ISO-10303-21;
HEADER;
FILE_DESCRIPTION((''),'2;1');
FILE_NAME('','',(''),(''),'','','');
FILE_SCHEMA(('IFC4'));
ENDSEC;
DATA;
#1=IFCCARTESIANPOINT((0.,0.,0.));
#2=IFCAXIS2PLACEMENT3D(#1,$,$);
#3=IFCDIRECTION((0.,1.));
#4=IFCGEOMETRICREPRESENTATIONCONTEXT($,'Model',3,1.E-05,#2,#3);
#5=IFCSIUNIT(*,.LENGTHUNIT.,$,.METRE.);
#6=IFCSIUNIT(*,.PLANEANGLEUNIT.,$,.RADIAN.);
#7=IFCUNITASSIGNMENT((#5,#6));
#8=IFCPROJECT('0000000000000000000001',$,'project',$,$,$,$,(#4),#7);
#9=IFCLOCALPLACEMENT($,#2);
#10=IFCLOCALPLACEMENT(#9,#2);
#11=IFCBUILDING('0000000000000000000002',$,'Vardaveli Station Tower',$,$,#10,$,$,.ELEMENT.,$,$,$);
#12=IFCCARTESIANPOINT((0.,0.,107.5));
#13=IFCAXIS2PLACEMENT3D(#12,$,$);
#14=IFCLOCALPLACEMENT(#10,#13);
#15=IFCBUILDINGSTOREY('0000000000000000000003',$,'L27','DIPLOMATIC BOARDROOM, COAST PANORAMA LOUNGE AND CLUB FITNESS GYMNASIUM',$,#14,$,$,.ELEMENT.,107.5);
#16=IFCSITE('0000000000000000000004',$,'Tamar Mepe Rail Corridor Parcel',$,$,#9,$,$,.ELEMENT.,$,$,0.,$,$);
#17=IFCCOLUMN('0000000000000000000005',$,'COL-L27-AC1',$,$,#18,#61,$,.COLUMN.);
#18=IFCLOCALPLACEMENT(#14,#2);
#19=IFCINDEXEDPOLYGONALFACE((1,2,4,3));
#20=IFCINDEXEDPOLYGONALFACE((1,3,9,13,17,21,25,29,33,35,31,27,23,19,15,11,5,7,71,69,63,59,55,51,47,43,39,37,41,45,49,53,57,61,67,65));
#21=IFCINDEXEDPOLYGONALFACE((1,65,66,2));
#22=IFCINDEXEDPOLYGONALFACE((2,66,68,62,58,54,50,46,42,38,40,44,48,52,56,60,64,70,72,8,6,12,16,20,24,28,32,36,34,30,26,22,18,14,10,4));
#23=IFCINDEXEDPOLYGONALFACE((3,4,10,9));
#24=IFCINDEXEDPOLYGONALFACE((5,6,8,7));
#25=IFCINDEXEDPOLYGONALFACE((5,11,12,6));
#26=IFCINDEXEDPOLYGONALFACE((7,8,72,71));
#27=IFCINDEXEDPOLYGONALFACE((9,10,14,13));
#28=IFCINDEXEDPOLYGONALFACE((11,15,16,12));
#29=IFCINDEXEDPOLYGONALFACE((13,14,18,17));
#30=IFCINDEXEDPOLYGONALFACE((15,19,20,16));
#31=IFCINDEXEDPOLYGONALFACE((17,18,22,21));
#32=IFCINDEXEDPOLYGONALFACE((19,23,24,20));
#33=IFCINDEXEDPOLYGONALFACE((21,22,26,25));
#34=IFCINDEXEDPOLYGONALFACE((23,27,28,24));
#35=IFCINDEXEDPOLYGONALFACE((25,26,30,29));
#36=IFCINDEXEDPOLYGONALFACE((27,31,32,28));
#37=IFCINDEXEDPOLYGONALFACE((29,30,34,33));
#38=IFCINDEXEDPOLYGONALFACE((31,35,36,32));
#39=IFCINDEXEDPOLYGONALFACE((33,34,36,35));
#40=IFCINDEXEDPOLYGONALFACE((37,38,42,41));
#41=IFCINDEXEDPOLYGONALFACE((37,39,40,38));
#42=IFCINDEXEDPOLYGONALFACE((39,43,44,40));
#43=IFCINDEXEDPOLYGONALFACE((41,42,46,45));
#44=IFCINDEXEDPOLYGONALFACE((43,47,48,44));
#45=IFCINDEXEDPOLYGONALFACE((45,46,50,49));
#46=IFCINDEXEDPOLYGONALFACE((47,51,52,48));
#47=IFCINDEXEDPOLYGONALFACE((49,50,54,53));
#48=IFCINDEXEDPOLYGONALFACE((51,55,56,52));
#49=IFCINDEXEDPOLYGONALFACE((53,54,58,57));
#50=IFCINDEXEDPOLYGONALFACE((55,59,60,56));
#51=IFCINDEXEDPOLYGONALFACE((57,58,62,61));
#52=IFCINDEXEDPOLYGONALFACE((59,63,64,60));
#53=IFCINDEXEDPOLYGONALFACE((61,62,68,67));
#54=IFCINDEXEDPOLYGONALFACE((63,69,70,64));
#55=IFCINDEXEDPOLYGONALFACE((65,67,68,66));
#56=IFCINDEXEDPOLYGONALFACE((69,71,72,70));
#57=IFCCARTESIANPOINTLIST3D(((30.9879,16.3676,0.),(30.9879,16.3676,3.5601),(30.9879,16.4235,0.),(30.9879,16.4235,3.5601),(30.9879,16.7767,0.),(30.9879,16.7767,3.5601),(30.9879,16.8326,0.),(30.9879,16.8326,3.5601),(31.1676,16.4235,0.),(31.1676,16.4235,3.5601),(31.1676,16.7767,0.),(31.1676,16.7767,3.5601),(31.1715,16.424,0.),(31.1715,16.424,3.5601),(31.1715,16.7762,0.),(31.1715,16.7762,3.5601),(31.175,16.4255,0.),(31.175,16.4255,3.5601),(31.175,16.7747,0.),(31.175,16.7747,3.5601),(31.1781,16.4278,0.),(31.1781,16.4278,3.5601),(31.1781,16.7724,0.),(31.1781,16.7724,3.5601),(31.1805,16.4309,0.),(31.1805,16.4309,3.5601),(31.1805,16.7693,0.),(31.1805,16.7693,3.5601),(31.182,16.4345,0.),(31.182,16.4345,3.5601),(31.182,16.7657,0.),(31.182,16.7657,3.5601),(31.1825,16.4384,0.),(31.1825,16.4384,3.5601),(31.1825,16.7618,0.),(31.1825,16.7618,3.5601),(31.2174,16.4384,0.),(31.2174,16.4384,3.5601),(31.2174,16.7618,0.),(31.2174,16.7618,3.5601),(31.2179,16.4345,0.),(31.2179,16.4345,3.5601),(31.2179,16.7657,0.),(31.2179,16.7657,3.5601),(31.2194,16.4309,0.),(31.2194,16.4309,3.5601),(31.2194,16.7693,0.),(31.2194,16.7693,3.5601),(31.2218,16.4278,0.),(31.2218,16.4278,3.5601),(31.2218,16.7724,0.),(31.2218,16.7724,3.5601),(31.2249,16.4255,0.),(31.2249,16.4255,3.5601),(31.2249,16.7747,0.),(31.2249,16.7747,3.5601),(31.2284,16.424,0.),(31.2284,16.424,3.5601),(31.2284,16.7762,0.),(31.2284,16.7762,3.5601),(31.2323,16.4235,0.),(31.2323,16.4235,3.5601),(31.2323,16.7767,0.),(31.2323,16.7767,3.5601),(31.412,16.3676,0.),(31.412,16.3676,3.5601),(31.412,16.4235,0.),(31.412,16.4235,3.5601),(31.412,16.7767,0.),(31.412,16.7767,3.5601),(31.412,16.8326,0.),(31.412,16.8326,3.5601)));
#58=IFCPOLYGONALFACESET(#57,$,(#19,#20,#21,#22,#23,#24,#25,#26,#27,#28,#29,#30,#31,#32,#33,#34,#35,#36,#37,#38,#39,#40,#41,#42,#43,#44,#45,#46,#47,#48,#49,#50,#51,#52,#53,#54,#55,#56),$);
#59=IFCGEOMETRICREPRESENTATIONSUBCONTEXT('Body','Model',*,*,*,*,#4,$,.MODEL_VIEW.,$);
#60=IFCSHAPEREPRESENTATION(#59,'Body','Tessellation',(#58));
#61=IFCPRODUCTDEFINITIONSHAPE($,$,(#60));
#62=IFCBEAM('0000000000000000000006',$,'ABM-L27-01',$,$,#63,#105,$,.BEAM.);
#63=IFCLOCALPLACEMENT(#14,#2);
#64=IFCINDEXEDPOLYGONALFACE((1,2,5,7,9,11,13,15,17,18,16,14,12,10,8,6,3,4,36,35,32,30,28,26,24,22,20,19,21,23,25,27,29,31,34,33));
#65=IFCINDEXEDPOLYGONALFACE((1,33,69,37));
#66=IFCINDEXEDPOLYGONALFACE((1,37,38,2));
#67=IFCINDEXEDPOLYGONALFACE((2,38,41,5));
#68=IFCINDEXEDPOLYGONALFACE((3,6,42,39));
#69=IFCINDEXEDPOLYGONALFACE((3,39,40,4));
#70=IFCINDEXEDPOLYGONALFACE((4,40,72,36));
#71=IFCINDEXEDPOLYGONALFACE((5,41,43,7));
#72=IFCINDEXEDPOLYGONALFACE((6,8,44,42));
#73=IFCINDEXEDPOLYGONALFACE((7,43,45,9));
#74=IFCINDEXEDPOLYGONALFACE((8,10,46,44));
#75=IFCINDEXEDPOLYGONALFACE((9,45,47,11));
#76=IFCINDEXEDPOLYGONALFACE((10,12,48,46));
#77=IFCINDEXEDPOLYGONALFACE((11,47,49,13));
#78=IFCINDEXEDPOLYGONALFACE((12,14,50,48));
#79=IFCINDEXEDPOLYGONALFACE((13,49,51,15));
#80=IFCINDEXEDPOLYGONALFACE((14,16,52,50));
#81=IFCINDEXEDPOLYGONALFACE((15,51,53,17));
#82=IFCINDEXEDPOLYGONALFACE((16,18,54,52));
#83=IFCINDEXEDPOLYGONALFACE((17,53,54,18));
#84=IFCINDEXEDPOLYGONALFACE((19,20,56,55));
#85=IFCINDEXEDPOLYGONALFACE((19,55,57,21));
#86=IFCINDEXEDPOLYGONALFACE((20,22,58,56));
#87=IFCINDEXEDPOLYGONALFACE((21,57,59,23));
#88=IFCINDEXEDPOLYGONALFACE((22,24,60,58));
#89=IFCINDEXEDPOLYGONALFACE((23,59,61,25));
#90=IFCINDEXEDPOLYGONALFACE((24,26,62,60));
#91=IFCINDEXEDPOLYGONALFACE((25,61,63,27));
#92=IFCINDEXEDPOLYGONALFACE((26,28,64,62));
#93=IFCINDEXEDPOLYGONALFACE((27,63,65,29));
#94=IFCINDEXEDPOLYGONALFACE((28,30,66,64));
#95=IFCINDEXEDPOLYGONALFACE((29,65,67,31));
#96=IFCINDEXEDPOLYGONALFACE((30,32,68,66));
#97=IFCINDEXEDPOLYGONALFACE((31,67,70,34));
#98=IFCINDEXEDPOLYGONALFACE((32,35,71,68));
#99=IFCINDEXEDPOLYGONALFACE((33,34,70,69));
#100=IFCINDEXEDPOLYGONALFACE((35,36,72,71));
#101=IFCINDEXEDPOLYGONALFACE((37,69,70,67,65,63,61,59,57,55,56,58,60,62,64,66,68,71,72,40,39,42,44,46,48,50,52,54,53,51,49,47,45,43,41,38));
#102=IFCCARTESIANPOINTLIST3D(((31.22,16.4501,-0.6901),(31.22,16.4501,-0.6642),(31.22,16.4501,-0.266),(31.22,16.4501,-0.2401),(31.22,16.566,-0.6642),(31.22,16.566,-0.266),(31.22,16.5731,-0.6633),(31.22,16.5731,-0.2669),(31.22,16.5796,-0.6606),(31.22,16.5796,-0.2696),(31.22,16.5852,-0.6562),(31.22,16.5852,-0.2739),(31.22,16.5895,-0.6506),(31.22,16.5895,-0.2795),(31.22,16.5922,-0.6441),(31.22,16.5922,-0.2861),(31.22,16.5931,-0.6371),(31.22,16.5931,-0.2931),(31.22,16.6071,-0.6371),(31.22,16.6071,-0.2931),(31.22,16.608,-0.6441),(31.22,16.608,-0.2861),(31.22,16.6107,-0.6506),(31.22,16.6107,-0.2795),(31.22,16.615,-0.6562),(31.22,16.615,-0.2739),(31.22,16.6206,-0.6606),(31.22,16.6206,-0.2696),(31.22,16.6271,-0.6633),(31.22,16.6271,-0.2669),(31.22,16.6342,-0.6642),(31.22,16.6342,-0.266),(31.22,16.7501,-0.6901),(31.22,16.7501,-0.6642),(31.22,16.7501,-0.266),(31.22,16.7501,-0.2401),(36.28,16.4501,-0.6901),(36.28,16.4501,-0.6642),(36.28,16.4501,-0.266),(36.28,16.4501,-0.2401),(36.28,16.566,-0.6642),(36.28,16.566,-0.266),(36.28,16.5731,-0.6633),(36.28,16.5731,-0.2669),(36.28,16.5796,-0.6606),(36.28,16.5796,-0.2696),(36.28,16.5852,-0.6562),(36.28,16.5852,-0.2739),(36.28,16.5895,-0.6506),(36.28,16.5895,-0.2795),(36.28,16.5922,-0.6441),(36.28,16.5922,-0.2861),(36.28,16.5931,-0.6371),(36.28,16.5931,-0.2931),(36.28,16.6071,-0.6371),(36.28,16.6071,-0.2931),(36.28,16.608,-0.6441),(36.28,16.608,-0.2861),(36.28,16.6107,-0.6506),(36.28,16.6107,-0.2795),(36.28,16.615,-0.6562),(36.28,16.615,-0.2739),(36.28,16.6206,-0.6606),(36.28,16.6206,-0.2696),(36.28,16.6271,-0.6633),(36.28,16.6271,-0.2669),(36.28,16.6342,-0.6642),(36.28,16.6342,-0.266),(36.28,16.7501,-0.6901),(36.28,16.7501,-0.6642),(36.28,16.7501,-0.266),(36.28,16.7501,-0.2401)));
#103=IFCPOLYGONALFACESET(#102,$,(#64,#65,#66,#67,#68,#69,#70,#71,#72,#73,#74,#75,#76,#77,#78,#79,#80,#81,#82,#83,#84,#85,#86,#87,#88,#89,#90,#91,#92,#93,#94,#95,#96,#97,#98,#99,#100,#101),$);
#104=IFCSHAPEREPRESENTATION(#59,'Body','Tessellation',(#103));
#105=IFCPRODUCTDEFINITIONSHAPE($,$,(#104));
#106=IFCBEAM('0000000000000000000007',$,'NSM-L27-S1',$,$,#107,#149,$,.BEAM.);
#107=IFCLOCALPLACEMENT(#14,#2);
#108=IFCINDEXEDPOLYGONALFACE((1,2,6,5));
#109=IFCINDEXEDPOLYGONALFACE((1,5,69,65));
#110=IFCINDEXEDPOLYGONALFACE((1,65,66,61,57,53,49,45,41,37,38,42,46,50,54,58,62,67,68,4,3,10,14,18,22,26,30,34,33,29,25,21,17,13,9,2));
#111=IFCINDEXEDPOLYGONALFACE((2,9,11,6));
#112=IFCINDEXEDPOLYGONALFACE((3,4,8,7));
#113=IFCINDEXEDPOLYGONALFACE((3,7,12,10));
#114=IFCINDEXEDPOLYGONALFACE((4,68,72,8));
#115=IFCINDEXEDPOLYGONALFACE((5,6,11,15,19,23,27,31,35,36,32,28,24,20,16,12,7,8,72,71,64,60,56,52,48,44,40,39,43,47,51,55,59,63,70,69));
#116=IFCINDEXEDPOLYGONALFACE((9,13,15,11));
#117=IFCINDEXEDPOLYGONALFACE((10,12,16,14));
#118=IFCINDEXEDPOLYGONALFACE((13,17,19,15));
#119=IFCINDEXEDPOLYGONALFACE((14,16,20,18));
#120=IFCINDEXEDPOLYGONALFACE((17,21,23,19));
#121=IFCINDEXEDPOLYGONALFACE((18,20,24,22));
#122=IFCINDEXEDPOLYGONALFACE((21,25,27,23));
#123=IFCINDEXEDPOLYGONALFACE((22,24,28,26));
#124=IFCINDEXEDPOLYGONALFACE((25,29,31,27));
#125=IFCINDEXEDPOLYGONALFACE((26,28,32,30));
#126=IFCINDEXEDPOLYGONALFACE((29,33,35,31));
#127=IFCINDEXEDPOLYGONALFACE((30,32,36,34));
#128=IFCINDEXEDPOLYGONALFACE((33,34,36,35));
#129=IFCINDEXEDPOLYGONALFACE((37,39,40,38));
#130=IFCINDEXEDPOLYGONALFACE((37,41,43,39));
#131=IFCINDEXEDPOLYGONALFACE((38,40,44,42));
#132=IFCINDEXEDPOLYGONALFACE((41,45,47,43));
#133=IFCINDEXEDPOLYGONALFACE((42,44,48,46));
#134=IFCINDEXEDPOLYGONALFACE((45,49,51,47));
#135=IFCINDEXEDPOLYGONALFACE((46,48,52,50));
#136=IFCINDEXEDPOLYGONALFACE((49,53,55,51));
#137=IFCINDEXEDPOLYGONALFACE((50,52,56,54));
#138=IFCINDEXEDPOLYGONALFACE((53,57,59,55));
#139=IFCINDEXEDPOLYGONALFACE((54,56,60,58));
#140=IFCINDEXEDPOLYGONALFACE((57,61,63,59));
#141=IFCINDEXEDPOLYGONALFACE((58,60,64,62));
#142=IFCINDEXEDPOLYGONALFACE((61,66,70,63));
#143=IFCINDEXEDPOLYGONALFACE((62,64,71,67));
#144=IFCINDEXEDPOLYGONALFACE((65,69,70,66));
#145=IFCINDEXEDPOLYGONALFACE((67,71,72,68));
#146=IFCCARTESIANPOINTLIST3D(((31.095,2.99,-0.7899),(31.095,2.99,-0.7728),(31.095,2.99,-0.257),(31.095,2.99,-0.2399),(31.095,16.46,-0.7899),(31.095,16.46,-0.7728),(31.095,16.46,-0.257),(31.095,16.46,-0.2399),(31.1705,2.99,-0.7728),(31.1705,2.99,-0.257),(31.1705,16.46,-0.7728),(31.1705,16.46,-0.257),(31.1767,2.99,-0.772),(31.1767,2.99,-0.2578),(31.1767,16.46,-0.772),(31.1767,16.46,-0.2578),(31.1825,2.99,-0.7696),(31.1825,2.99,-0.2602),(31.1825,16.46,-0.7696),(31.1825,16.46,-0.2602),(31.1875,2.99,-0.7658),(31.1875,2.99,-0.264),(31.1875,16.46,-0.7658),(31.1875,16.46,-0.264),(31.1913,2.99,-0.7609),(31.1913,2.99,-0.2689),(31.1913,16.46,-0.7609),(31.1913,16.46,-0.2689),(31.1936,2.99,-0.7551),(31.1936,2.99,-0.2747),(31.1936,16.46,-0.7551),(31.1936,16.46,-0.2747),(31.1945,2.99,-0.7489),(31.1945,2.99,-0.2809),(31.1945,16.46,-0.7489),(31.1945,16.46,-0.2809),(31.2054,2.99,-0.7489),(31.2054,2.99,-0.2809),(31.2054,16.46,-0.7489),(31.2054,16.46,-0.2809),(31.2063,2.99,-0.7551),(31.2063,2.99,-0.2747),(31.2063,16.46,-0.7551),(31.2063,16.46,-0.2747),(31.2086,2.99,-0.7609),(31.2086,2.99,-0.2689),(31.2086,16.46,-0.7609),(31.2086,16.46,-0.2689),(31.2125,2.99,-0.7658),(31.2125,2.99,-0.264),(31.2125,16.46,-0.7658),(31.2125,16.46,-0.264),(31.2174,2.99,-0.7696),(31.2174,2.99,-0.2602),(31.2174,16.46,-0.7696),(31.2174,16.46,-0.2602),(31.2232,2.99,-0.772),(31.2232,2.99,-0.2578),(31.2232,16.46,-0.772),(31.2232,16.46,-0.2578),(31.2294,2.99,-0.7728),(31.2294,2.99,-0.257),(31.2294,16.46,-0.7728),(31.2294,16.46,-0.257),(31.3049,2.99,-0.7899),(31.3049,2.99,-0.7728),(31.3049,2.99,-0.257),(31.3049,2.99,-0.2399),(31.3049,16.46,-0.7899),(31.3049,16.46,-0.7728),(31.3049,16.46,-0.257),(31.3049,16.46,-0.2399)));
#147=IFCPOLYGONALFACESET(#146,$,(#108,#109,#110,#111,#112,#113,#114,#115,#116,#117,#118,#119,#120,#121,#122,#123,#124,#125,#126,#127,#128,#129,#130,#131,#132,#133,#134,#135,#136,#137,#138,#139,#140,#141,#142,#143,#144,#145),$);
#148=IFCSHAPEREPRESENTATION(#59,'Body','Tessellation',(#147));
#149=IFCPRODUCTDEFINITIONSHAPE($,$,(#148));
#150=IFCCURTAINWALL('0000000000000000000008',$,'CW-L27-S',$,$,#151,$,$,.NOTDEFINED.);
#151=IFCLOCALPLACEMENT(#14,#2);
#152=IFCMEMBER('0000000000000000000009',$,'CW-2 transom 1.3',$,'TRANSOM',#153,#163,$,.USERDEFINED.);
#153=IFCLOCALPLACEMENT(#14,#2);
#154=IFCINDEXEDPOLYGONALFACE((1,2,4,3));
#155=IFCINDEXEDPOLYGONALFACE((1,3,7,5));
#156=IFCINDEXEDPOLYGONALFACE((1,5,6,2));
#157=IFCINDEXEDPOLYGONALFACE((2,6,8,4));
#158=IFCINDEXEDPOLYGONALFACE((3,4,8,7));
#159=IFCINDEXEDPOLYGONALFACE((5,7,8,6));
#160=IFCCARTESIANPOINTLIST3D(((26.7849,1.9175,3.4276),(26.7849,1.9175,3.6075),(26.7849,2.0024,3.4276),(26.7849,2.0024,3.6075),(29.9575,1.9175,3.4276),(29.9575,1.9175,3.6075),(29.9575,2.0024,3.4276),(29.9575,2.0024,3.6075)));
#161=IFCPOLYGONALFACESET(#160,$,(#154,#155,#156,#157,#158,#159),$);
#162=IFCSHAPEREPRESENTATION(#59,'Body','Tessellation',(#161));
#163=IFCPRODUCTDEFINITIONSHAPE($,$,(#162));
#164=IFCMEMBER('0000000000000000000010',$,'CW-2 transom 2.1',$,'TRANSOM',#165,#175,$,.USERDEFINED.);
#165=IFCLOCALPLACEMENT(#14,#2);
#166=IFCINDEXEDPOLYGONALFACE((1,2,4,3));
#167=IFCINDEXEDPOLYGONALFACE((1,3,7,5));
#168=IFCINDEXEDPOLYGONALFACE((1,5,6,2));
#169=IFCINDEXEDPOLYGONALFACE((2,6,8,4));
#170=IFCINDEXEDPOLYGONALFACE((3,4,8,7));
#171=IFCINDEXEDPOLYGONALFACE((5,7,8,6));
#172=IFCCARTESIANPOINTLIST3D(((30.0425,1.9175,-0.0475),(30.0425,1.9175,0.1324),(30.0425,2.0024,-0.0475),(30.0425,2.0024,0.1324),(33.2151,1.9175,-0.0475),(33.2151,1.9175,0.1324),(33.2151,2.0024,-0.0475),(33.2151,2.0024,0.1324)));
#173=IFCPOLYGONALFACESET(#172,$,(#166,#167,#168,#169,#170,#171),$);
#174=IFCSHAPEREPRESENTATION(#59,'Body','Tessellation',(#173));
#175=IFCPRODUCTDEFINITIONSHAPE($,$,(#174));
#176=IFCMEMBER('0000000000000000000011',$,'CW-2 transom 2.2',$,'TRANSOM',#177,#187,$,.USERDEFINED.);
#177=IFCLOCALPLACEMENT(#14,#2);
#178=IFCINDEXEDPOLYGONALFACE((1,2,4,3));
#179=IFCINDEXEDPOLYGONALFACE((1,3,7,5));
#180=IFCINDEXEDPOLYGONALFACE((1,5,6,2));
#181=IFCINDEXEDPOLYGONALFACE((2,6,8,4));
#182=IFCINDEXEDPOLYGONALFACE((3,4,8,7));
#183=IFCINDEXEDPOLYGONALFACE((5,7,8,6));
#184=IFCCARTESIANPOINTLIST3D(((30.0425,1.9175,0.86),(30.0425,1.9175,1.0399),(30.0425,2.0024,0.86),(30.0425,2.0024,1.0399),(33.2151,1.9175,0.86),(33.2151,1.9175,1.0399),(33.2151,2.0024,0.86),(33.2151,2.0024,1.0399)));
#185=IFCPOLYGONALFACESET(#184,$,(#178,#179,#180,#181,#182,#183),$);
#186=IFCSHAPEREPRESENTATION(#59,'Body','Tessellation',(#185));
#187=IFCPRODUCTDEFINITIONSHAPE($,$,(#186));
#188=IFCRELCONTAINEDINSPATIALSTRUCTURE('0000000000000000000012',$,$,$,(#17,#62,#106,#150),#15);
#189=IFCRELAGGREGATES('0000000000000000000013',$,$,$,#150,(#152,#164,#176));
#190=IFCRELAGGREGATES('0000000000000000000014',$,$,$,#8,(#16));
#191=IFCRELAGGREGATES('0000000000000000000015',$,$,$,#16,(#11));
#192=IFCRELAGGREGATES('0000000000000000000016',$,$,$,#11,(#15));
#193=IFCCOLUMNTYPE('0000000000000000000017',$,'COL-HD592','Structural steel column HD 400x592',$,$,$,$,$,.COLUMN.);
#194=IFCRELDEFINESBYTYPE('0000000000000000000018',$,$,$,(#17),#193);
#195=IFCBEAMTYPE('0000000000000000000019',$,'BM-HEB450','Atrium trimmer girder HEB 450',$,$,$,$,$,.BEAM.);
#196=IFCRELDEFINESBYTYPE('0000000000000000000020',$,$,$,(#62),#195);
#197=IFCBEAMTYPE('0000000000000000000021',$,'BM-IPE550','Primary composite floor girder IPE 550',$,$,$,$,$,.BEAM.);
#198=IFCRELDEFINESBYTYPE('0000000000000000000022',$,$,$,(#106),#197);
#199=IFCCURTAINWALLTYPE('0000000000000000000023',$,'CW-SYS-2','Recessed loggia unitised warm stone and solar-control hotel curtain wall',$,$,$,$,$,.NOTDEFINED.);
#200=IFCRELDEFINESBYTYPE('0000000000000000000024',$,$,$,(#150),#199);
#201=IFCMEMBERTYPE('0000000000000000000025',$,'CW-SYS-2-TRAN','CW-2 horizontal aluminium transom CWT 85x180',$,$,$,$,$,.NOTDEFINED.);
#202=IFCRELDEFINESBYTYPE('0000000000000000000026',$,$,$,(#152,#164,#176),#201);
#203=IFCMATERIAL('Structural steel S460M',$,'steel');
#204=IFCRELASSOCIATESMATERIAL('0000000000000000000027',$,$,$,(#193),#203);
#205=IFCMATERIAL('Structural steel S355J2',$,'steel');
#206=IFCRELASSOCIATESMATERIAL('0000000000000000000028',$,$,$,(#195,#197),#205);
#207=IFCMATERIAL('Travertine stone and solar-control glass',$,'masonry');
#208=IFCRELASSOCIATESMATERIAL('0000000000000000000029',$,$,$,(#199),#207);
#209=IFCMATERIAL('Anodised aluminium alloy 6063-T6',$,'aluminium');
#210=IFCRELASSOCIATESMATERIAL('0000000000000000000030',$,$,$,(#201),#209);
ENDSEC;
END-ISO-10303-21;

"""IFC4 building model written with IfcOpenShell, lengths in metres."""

from ifc_helpers import new_model, si_unit, direction, frame, origin, origin_2d, place, context, subcontext, project, spatial, rectangle, i_section, extrude, source, transform, mapped, material, material_profile, profile_set, type_object, element, aggregate, save


model = new_model("IFC4")

# Units and contexts
model_context = context("Model", 3, precision=1e-05, world=origin(), true_north=direction((0.0, 1.0)))
body_context = subcontext(model_context, "Body", "Model", "MODEL_VIEW")
ifc_project = project(units=[si_unit("LENGTHUNIT", "METRE"), si_unit("PLANEANGLEUNIT", "RADIAN")], contexts=[model_context])

# Site, building, storey
site_placement = place(None, origin())
site = spatial("IfcSite", under=ifc_project, at=site_placement, Name="Tamar Mepe Rail Corridor Parcel", CompositionType="ELEMENT", RefElevation=0.0)
building_placement = place(site_placement, origin())
building = spatial("IfcBuilding", under=site, at=building_placement, Name="Vardaveli Station Tower", CompositionType="ELEMENT")
storey_placement = place(building_placement, frame((0.0, 0.0, 107.5)))
storey = spatial("IfcBuildingStorey", under=building, at=storey_placement, Name="L27", Description="DIPLOMATIC BOARDROOM, COAST PANORAMA LOUNGE AND CLUB FITNESS GYMNASIUM", CompositionType="ELEMENT", Elevation=107.5)

# Column
ifc_material_1 = material(Name="Structural steel S460M", Category="steel")
ifc_material_profile_1 = material_profile(ifc_material_1, i_section(OverallWidth=0.4241, OverallDepth=0.4651, WebThickness=0.0349, FlangeThickness=0.0559, FilletRadius=0.0149, at=origin_2d()), Name="HD 400x592")
ifc_profile_set_1 = profile_set([ifc_material_profile_1], Name="Structural steel S460M")
column_type = type_object("IfcColumnType", Name="COL-HD592", Description="Structural steel column HD 400x592", PredefinedType="COLUMN", material=ifc_profile_set_1)
shared_shape_1 = source(origin(), body_context, "Body", "SweptSolid", [
    extrude(i_section(OverallWidth=0.4241, OverallDepth=0.4651, WebThickness=0.0349, FlangeThickness=0.0559, FilletRadius=0.0149, at=origin_2d()), origin(), (0.0, 0.0, 1.0), 3.5601),
])
column_placement = place(storey_placement, frame((31.2, 16.6001, 0.0), z_axis=(0.0, 0.0, 1.0), x_axis=(1.0, 0.0, 0.0)))
element("IfcColumn", 1, at=column_placement, inside=storey, type_object=column_type, Name="COL-L27-AC1", PredefinedType="COLUMN", context=body_context, shape_type="MappedRepresentation", body=[
    mapped(shared_shape_1, transform((0.0, 0.0, 0.0), scale=1.0)),
])

# Beams
ifc_material_2 = material(Name="Structural steel S355J2", Category="steel")
ifc_material_profile_2 = material_profile(ifc_material_2, i_section(OverallWidth=0.3, OverallDepth=0.45, WebThickness=0.0139, FlangeThickness=0.0259, FilletRadius=0.0271, at=origin_2d()), Name="HEB 450")
ifc_profile_set_2 = profile_set([ifc_material_profile_2], Name="Structural steel S355J2")
beam_type_1 = type_object("IfcBeamType", Name="BM-HEB450", Description="Atrium trimmer girder HEB 450", PredefinedType="BEAM", material=ifc_profile_set_2)
shared_shape_2 = source(origin(), body_context, "Body", "SweptSolid", [
    extrude(i_section(OverallWidth=0.3, OverallDepth=0.45, WebThickness=0.0139, FlangeThickness=0.0259, FilletRadius=0.0271, at=origin_2d()), origin(), (0.0, 0.0, 1.0), 5.0601),
])
beam_1_placement = place(storey_placement, frame((31.22, 16.6001, -0.4651), z_axis=(1.0, 0.0, 0.0), x_axis=(0.0, 1.0, 0.0)))
element("IfcBeam", 2, at=beam_1_placement, inside=storey, type_object=beam_type_1, Name="ABM-L27-01", PredefinedType="BEAM", context=body_context, shape_type="MappedRepresentation", body=[
    mapped(shared_shape_2, transform((0.0, 0.0, 0.0), scale=1.0)),
])
ifc_material_profile_3 = material_profile(ifc_material_2, i_section(OverallWidth=0.21, OverallDepth=0.55, WebThickness=0.011, FlangeThickness=0.0171, FilletRadius=0.0239, at=origin_2d()), Name="IPE 550")
ifc_profile_set_3 = profile_set([ifc_material_profile_3], Name="Structural steel S355J2")
beam_type_2 = type_object("IfcBeamType", Name="BM-IPE550", Description="Primary composite floor girder IPE 550", PredefinedType="BEAM", material=ifc_profile_set_3)
shared_shape_3 = source(origin(), body_context, "Body", "SweptSolid", [
    extrude(i_section(OverallWidth=0.21, OverallDepth=0.55, WebThickness=0.011, FlangeThickness=0.0171, FilletRadius=0.0239, at=origin_2d()), origin(), (0.0, 0.0, 1.0), 13.47),
])
beam_2_placement = place(storey_placement, frame((31.2, 2.99, -0.5149), z_axis=(0.0, 1.0, 0.0), x_axis=(-1.0, 0.0, 0.0)))
element("IfcBeam", 3, at=beam_2_placement, inside=storey, type_object=beam_type_2, Name="NSM-L27-S1", PredefinedType="BEAM", context=body_context, shape_type="MappedRepresentation", body=[
    mapped(shared_shape_3, transform((0.0, 0.0, 0.0), scale=1.0)),
])

# Curtain wall, members
ifc_material_3 = material(Name="Travertine stone and solar-control glass", Category="masonry")
curtain_wall_type = type_object("IfcCurtainWallType", Name="CW-SYS-2", Description="Recessed loggia unitised warm stone and solar-control hotel curtain wall", PredefinedType="NOTDEFINED", material=ifc_material_3)
curtain_wall_placement = place(storey_placement, origin())
curtain_wall = element("IfcCurtainWall", 4, at=curtain_wall_placement, inside=storey, type_object=curtain_wall_type, Name="CW-L27-S", PredefinedType="NOTDEFINED")
ifc_material_4 = material(Name="Anodised aluminium alloy 6063-T6", Category="aluminium")
ifc_material_profile_4 = material_profile(ifc_material_4, rectangle(XDim=0.085, YDim=0.1799, at=origin_2d()), Name="CWT 85x180")
ifc_profile_set_4 = profile_set([ifc_material_profile_4], Name="Anodised aluminium alloy 6063-T6")
member_type_1 = type_object("IfcMemberType", Name="CW-SYS-2-TRAN", Description="CW-2 horizontal aluminium transom CWT 85x180", PredefinedType="NOTDEFINED", material=ifc_profile_set_4)
shared_shape_4 = source(origin(), body_context, "Body", "SweptSolid", [
    extrude(rectangle(XDim=0.085, YDim=0.1799, at=origin_2d()), origin(), (0.0, 0.0, 1.0), 3.1726),
])
member_1_placement = place(storey_placement, frame((26.7849, 1.96, 3.5176), z_axis=(1.0, 0.0, 0.0), x_axis=(0.0, 1.0, 0.0)))
member_1 = element("IfcMember", 5, at=member_1_placement, type_object=member_type_1, Name="CW-2 transom 1.3", ObjectType="TRANSOM", PredefinedType="USERDEFINED", context=body_context, shape_type="MappedRepresentation", body=[
    mapped(shared_shape_4, transform((0.0, 0.0, 0.0), scale=1.0)),
])
member_2_placement = place(storey_placement, frame((30.0425, 1.96, 0.0425), z_axis=(1.0, 0.0, 0.0), x_axis=(0.0, 1.0, 0.0)))
member_2 = element("IfcMember", 6, at=member_2_placement, type_object=member_type_1, Name="CW-2 transom 2.1", ObjectType="TRANSOM", PredefinedType="USERDEFINED", context=body_context, shape_type="MappedRepresentation", body=[
    mapped(shared_shape_4, transform((0.0, 0.0, 0.0), scale=1.0)),
])
member_3_placement = place(storey_placement, frame((30.0425, 1.96, 0.95), z_axis=(1.0, 0.0, 0.0), x_axis=(0.0, 1.0, 0.0)))
member_3 = element("IfcMember", 7, at=member_3_placement, type_object=member_type_1, Name="CW-2 transom 2.2", ObjectType="TRANSOM", PredefinedType="USERDEFINED", context=body_context, shape_type="MappedRepresentation", body=[
    mapped(shared_shape_4, transform((0.0, 0.0, 0.0), scale=1.0)),
])
aggregate(curtain_wall, [member_1, member_2, member_3])

save(model, "model.ifc")
